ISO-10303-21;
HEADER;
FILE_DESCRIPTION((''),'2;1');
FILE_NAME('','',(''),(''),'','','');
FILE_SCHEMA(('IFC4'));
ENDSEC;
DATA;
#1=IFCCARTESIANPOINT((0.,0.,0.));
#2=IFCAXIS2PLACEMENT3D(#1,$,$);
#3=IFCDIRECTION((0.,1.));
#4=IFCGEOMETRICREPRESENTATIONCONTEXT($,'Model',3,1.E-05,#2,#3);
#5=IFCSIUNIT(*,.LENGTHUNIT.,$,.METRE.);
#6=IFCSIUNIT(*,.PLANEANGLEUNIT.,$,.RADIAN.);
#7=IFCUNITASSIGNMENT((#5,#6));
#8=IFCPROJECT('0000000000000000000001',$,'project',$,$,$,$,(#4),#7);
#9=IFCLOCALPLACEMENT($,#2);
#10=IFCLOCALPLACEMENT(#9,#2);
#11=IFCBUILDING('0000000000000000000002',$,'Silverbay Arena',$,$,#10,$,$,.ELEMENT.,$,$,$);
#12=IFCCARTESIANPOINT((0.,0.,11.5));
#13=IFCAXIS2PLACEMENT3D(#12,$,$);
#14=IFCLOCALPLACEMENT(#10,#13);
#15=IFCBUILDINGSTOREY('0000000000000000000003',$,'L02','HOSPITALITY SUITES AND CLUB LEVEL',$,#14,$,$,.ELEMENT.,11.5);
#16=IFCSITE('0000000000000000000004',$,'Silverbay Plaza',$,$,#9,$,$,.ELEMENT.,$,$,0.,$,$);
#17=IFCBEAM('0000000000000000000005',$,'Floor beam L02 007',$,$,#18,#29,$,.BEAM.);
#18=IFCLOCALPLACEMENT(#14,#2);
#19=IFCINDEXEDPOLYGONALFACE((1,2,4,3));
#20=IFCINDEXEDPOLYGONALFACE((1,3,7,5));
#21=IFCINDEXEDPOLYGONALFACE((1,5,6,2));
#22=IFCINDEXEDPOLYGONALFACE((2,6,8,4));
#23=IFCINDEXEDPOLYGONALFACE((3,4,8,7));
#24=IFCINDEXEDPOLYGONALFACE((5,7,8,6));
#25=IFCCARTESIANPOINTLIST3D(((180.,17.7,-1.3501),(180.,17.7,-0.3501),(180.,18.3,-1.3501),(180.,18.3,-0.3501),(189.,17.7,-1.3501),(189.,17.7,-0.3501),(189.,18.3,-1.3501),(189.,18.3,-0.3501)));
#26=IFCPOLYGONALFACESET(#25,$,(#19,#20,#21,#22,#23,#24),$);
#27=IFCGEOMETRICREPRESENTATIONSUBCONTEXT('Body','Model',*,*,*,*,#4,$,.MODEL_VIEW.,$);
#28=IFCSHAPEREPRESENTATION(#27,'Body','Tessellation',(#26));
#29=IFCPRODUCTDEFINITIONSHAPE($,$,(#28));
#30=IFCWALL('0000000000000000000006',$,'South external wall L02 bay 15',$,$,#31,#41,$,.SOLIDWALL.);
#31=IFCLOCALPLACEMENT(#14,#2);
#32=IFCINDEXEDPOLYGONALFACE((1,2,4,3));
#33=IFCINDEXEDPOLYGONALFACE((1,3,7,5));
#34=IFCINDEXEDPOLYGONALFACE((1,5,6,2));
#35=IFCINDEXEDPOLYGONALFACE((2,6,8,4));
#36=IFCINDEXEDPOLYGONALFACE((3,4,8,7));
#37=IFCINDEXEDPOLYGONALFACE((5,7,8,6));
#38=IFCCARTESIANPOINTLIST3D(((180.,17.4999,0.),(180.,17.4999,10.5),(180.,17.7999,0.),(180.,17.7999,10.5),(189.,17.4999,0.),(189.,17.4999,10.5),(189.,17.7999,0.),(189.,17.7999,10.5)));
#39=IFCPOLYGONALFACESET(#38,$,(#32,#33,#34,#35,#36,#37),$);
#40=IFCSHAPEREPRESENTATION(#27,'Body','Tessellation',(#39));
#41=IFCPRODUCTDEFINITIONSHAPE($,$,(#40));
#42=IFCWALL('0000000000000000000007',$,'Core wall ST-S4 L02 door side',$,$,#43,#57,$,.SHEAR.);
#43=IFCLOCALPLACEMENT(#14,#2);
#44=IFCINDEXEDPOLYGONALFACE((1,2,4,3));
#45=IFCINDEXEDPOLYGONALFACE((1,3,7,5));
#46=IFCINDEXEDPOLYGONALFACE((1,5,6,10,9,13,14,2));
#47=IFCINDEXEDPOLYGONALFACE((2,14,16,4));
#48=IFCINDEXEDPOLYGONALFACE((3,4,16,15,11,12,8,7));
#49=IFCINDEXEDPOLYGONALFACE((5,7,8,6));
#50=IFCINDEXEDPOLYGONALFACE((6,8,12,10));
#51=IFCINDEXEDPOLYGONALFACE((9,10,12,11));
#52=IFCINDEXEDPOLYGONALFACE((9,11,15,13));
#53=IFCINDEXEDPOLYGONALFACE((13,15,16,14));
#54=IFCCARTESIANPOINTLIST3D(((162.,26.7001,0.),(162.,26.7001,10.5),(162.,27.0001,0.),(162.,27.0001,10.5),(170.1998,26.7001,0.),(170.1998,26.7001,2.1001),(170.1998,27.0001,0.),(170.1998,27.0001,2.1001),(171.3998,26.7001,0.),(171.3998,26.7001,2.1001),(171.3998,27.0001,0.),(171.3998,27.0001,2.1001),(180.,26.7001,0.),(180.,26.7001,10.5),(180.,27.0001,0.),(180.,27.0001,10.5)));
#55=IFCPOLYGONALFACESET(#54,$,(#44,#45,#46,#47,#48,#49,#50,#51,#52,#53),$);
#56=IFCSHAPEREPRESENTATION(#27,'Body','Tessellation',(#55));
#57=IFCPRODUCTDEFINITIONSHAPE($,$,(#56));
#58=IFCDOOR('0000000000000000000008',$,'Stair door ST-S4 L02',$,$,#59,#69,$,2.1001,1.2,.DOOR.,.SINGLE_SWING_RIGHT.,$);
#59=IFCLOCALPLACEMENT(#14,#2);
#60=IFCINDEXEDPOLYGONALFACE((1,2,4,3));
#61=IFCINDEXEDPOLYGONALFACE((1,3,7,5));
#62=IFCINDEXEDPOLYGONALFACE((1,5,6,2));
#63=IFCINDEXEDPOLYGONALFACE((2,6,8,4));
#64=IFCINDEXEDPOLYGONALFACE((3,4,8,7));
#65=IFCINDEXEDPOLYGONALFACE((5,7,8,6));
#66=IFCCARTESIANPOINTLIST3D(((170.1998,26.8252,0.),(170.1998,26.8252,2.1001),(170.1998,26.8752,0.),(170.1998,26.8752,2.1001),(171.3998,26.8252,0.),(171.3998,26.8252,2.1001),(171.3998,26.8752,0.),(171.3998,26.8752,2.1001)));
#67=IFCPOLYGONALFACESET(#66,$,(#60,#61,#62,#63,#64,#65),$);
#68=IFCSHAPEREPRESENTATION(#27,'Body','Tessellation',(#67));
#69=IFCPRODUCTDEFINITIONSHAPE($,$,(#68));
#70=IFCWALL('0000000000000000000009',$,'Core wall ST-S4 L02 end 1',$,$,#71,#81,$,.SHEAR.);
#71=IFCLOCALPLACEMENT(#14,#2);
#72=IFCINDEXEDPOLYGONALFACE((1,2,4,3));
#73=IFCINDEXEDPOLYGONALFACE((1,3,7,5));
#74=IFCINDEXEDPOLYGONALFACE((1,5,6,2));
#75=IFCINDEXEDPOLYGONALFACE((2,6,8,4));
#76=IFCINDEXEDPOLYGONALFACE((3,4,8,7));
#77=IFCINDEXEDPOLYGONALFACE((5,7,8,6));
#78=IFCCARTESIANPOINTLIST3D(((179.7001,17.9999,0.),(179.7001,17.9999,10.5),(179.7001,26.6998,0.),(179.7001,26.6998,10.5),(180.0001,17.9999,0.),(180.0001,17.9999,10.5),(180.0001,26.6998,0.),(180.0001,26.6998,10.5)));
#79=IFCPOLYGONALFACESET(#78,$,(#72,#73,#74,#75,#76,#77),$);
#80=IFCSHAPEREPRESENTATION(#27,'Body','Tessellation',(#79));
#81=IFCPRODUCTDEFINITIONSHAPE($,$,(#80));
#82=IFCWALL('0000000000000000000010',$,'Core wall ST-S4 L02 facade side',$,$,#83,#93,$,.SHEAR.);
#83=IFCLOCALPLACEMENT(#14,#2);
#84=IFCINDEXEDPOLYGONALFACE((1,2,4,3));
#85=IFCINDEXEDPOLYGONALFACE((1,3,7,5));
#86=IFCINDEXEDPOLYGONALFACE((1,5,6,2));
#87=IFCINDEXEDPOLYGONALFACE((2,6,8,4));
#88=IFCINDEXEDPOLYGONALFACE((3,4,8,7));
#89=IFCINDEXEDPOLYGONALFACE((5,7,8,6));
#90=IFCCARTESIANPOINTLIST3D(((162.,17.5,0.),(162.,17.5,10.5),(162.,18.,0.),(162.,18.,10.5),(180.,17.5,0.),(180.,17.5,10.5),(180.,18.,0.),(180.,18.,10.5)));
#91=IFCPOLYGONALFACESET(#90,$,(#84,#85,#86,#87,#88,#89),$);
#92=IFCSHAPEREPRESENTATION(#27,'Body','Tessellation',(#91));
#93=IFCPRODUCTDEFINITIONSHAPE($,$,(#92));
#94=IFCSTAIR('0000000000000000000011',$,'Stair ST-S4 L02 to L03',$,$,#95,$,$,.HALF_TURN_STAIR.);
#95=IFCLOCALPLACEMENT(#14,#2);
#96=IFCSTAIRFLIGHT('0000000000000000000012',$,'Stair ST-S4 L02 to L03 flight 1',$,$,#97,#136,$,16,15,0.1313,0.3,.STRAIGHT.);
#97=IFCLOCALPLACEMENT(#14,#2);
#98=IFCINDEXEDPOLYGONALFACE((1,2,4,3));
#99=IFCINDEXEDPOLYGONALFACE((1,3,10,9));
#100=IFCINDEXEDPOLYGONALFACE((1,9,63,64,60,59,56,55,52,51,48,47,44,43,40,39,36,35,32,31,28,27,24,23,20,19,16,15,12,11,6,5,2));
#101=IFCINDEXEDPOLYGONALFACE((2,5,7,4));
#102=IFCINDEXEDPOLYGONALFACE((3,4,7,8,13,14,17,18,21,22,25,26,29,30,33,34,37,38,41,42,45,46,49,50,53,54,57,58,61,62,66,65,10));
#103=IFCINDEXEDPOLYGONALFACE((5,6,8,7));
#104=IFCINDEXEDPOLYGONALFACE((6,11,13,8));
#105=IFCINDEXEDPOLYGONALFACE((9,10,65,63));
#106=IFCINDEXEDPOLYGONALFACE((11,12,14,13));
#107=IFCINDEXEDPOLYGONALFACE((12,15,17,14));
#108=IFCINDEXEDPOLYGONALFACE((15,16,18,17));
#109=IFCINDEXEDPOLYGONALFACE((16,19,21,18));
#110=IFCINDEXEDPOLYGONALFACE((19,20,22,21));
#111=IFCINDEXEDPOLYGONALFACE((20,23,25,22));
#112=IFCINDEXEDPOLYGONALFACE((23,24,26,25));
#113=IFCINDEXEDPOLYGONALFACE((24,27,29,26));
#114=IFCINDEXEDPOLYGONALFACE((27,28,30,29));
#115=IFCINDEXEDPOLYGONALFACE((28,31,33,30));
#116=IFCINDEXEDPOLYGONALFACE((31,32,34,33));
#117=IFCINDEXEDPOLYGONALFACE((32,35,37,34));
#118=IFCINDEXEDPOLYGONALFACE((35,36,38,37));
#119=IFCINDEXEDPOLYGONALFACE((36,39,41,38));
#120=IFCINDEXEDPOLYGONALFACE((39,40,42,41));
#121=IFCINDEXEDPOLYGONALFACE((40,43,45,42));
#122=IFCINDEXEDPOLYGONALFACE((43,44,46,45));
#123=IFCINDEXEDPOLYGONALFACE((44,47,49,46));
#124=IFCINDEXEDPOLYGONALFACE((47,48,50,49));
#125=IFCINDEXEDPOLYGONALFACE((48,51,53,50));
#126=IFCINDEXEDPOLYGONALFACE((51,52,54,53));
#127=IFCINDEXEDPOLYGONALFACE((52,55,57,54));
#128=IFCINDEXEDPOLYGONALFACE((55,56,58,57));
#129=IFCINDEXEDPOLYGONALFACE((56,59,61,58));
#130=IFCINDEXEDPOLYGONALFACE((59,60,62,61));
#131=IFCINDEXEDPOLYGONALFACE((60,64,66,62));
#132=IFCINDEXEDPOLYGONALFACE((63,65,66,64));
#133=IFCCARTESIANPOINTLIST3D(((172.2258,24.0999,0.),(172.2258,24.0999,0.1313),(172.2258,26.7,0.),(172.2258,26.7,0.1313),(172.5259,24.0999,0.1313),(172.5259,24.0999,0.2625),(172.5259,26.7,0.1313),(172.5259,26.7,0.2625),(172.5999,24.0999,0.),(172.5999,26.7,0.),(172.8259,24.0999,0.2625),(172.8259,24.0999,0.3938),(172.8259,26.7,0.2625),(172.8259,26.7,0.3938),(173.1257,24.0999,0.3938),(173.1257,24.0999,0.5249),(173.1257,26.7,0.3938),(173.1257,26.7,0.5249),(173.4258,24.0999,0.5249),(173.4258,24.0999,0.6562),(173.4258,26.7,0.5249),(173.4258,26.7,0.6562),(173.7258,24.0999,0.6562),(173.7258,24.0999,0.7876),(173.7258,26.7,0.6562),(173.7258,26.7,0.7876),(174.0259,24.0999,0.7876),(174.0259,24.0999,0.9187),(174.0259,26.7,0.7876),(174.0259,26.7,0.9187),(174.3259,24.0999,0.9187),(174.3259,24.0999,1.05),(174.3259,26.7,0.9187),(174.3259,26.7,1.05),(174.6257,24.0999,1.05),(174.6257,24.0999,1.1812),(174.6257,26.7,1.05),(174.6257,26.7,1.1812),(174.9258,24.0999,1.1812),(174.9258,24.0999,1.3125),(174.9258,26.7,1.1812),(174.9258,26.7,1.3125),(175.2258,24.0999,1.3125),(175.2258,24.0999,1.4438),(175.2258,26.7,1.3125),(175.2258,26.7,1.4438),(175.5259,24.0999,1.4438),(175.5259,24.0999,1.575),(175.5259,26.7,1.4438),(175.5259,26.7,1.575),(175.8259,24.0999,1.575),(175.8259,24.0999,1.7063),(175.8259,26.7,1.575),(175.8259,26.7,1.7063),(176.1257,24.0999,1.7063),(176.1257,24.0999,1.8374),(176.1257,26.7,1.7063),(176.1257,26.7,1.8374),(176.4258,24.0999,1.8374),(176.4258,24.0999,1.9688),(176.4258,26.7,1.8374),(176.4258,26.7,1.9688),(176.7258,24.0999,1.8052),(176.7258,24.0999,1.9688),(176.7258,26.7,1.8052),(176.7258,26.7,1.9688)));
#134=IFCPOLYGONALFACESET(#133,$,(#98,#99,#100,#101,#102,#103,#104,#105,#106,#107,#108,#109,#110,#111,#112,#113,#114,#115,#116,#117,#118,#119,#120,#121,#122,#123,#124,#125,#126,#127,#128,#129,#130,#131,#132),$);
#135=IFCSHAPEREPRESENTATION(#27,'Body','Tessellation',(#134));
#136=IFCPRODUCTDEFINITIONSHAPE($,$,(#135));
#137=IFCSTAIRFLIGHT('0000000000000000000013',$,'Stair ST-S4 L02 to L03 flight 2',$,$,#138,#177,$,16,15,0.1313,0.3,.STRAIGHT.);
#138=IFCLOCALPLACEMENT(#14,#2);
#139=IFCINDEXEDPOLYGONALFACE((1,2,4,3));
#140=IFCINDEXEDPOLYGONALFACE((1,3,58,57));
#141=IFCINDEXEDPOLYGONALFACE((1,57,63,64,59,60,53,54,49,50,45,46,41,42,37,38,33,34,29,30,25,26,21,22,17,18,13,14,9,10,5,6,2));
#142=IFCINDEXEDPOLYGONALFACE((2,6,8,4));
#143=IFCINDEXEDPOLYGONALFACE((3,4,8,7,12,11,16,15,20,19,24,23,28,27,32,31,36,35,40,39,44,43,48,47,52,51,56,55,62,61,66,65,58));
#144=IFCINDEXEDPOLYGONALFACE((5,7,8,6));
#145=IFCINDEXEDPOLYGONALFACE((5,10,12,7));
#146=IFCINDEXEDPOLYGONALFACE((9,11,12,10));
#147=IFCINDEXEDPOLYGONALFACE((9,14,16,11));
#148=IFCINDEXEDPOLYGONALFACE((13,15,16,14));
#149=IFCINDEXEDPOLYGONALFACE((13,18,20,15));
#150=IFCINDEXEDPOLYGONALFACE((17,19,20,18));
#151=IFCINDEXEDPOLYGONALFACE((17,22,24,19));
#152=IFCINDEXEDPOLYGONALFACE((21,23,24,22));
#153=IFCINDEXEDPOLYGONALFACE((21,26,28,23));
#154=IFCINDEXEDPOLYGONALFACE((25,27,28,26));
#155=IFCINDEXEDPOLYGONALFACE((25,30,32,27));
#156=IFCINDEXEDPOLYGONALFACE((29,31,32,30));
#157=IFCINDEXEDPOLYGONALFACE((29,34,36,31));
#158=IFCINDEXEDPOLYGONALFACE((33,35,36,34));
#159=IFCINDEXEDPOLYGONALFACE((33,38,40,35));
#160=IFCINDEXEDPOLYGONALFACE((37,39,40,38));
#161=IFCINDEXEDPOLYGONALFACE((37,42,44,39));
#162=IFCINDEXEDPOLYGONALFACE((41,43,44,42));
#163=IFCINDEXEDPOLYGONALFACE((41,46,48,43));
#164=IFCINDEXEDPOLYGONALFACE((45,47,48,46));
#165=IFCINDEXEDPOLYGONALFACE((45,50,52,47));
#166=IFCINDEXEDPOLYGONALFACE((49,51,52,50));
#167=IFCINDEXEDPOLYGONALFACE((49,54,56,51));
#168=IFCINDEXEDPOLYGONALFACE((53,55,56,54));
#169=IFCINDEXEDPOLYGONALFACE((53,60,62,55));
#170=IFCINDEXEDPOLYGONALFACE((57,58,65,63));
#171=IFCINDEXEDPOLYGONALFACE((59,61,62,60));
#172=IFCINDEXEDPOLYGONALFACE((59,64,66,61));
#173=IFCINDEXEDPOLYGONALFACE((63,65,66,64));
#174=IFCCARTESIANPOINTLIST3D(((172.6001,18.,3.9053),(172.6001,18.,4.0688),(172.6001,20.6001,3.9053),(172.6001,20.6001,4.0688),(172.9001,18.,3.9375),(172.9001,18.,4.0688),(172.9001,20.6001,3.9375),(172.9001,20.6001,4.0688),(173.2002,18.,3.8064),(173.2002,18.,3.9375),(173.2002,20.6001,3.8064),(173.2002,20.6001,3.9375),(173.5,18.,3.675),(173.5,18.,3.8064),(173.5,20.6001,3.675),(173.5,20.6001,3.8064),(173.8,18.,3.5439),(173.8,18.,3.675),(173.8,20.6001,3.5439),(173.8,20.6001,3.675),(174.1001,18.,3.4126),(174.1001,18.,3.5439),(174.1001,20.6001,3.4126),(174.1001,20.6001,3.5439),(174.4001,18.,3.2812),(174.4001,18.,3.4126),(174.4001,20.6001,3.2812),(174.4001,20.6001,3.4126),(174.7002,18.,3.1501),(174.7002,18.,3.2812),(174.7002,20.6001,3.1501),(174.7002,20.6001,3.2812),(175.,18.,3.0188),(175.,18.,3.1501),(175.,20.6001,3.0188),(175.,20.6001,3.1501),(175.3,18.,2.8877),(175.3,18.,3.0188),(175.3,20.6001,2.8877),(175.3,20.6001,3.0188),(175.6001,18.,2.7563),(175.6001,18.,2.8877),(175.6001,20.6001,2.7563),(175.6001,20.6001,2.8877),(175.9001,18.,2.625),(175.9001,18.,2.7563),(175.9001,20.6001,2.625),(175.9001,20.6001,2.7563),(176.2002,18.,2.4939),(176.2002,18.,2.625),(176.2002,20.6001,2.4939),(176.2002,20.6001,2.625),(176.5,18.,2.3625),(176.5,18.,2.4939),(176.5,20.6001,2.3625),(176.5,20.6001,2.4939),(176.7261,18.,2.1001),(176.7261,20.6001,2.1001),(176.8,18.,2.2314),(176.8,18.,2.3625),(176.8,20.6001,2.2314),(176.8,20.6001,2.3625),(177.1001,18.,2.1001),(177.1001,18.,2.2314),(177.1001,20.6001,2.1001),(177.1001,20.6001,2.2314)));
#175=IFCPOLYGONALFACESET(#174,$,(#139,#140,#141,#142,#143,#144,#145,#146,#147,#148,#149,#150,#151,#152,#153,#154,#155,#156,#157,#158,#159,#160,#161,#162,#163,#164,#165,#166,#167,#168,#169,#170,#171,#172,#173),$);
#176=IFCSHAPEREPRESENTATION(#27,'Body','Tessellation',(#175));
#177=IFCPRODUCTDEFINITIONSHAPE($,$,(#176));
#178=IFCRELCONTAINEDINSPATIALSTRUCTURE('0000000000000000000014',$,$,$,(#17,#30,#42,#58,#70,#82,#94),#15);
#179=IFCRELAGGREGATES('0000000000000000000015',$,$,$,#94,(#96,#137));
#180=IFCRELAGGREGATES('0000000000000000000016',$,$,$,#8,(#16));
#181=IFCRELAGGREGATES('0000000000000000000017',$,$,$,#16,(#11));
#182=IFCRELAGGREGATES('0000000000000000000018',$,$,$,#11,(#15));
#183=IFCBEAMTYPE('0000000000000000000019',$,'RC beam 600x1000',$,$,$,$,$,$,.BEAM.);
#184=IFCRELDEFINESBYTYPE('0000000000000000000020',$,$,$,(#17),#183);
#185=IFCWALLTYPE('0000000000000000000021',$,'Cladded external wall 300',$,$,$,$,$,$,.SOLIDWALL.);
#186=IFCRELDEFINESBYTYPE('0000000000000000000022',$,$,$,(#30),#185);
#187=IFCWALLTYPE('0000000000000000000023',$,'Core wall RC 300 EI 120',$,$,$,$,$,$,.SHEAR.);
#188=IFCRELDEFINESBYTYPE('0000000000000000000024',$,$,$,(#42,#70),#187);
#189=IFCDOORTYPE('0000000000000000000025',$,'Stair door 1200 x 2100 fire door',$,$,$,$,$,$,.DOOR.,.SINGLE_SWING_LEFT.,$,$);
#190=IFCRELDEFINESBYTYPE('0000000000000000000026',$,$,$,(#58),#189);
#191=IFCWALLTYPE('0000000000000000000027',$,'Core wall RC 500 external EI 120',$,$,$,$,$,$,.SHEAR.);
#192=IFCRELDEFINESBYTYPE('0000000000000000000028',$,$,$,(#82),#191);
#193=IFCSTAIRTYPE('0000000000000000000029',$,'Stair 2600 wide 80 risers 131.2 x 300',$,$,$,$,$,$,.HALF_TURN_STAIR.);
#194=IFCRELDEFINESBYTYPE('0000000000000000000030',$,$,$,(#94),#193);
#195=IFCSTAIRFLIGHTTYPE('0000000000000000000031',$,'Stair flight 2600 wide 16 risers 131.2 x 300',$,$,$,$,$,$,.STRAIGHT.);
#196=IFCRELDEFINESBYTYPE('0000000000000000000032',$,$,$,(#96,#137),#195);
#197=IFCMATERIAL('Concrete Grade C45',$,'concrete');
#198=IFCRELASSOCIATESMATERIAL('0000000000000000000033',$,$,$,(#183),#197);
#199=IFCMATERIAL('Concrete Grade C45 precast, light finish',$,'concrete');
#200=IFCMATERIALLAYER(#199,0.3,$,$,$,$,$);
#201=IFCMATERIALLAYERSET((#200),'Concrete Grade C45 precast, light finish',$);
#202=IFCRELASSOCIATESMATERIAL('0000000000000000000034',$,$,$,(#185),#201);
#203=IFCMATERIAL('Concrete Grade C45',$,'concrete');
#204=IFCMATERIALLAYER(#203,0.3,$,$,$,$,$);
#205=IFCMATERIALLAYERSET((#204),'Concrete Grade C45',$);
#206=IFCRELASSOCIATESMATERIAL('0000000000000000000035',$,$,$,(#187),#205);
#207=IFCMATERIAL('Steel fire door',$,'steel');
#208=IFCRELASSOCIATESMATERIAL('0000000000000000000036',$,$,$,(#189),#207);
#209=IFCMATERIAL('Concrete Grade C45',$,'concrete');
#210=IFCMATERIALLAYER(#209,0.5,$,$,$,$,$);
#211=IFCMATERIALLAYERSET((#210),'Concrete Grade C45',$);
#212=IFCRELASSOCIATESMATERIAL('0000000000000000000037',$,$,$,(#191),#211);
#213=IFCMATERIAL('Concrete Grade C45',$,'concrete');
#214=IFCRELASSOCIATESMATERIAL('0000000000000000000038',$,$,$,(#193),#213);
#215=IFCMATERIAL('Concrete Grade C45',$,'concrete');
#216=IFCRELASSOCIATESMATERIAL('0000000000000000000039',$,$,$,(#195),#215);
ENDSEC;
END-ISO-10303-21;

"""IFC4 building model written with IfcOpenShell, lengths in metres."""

from ifc_helpers import new_model, si_unit, direction, frame, frame_2d, origin, origin_2d, place, context, subcontext, project, spatial, polyline, rectangle, outline, extrude, material, layer, layer_set, material_profile, profile_set, type_object, element, fill, aggregate, save


model = new_model("IFC4")

# Units and contexts
model_context = context("Model", 3, precision=1e-05, world=origin(), true_north=direction((0.0, 1.0)))
body_context = subcontext(model_context, "Body", "Model", "MODEL_VIEW")
ifc_project = project(units=[si_unit("LENGTHUNIT", "METRE"), si_unit("PLANEANGLEUNIT", "RADIAN")], contexts=[model_context])

# Site, building, storey
site_placement = place(None, origin())
site = spatial("IfcSite", under=ifc_project, at=site_placement, Name="Silverbay Plaza", CompositionType="ELEMENT", RefElevation=0.0)
building_placement = place(site_placement, origin())
building = spatial("IfcBuilding", under=site, at=building_placement, Name="Silverbay Arena", CompositionType="ELEMENT")
storey_placement = place(building_placement, frame((0.0, 0.0, 11.5)))
storey = spatial("IfcBuildingStorey", under=building, at=storey_placement, Name="L02", Description="HOSPITALITY SUITES AND CLUB LEVEL", CompositionType="ELEMENT", Elevation=11.5)

# Beam
ifc_material_1 = material(Name="Concrete Grade C45", Category="concrete")
ifc_material_profile = material_profile(ifc_material_1, rectangle(XDim=0.6001, YDim=1.0, at=origin_2d()), Name="RC 600x1000")
ifc_profile_set = profile_set([ifc_material_profile], Name="Concrete Grade C45")
beam_type = type_object("IfcBeamType", Name="RC beam 600x1000", PredefinedType="BEAM", material=ifc_profile_set)
beam_placement = place(storey_placement, frame((180.0, 18.0, -0.8501), z_axis=(1.0, 0.0, 0.0), x_axis=(0.0, 1.0, 0.0)))
element("IfcBeam", 1, at=beam_placement, inside=storey, type_object=beam_type, Name="Floor beam L02 007", PredefinedType="BEAM", context=body_context, shape_type="SweptSolid", body=[
    extrude(rectangle(XDim=0.6001, YDim=1.0, at=origin_2d()), origin(), (0.0, 0.0, 1.0), 9.0),
])

# Wall
ifc_material_2 = material(Name="Concrete Grade C45 precast, light finish", Category="concrete")
ifc_layer_1 = layer(ifc_material_2, 0.3)
ifc_layer_set_1 = layer_set([ifc_layer_1], Name="Concrete Grade C45 precast, light finish")
wall_type_1 = type_object("IfcWallType", Name="Cladded external wall 300", PredefinedType="SOLIDWALL", material=ifc_layer_set_1)
wall_1_placement = place(storey_placement, frame((180.0, 17.6499, 0.0), z_axis=(0.0, 0.0, 1.0), x_axis=(1.0, 0.0, 0.0)))
element("IfcWall", 2, at=wall_1_placement, inside=storey, type_object=wall_type_1, Name="South external wall L02 bay 15", PredefinedType="SOLIDWALL", context=body_context, shape_type="SweptSolid", body=[
    extrude(rectangle(XDim=9.0, YDim=0.3, at=frame_2d((4.5, 0.0))), origin(), (0.0, 0.0, 1.0), 10.5),
])

# Wall, opening, door
ifc_material_3 = material(Name="Concrete Grade C45", Category="concrete")
ifc_layer_2 = layer(ifc_material_3, 0.3)
ifc_layer_set_2 = layer_set([ifc_layer_2], Name="Concrete Grade C45")
wall_type_2 = type_object("IfcWallType", Name="Core wall RC 300 EI 120", PredefinedType="SHEAR", material=ifc_layer_set_2)
wall_2_placement = place(storey_placement, frame((180.0, 26.8501, 0.0), z_axis=(0.0, 0.0, 1.0), x_axis=(-1.0, 0.0, 0.0)))
wall_2 = element("IfcWall", 3, at=wall_2_placement, inside=storey, type_object=wall_type_2, Name="Core wall ST-S4 L02 door side", PredefinedType="SHEAR", context=body_context, shape_type="SweptSolid", body=[
    extrude(rectangle(XDim=18.0, YDim=0.3, at=frame_2d((9.0, 0.0))), origin(), (0.0, 0.0, 1.0), 10.5),
])
opening_placement = place(wall_2_placement, frame((8.6001, 0.0, 0.0)))
opening = element("IfcOpeningElement", 4, at=opening_placement, cuts=wall_2, PredefinedType="OPENING", context=body_context, shape_type="SweptSolid", body=[
    extrude(rectangle(XDim=1.2, YDim=2.1001, at=frame_2d((0.6001, 1.05))), frame((0.0, 0.1602, 0.0), z_axis=(0.0, -1.0, 0.0), x_axis=(1.0, 0.0, 0.0)), (0.0, 0.0, 1.0), 0.3201),
])
ifc_material_4 = material(Name="Steel fire door", Category="steel")
door_type = type_object("IfcDoorType", Name="Stair door 1200 x 2100 fire door", OperationType="SINGLE_SWING_LEFT", PredefinedType="DOOR", material=ifc_material_4)
door_placement = place(opening_placement, origin())
door = element("IfcDoor", 5, at=door_placement, inside=storey, type_object=door_type, Name="Stair door ST-S4 L02", OperationType="SINGLE_SWING_RIGHT", OverallHeight=2.1001, OverallWidth=1.2, PredefinedType="DOOR", context=body_context, shape_type="SweptSolid", body=[
    extrude(rectangle(XDim=1.2, YDim=2.1001, at=frame_2d((0.6001, 1.05))), frame((0.0, 0.0249, 0.0), z_axis=(0.0, -1.0, 0.0), x_axis=(1.0, 0.0, 0.0)), (0.0, 0.0, 1.0), 0.05),
])
fill(opening, door)

# Walls
wall_3_placement = place(storey_placement, frame((179.8501, 26.7, 0.0), z_axis=(0.0, 0.0, 1.0), x_axis=(0.0, -1.0, 0.0)))
element("IfcWall", 6, at=wall_3_placement, inside=storey, type_object=wall_type_2, Name="Core wall ST-S4 L02 end 1", PredefinedType="SHEAR", context=body_context, shape_type="SweptSolid", body=[
    extrude(rectangle(XDim=8.7, YDim=0.3, at=frame_2d((4.3501, 0.0))), origin(), (0.0, 0.0, 1.0), 10.5),
])
ifc_material_5 = material(Name="Concrete Grade C45", Category="concrete")
ifc_layer_3 = layer(ifc_material_5, 0.5)
ifc_layer_set_3 = layer_set([ifc_layer_3], Name="Concrete Grade C45")
wall_type_3 = type_object("IfcWallType", Name="Core wall RC 500 external EI 120", PredefinedType="SHEAR", material=ifc_layer_set_3)
wall_4_placement = place(storey_placement, frame((180.0, 17.75, 0.0), z_axis=(0.0, 0.0, 1.0), x_axis=(-1.0, 0.0, 0.0)))
element("IfcWall", 7, at=wall_4_placement, inside=storey, type_object=wall_type_3, Name="Core wall ST-S4 L02 facade side", PredefinedType="SHEAR", context=body_context, shape_type="SweptSolid", body=[
    extrude(rectangle(XDim=18.0, YDim=0.5, at=frame_2d((9.0, 0.0))), origin(), (0.0, 0.0, 1.0), 10.5),
])

# Stair, stair flights
ifc_material_6 = material(Name="Concrete Grade C45", Category="concrete")
stair_type = type_object("IfcStairType", Name="Stair 2600 wide 80 risers 131.2 x 300", PredefinedType="HALF_TURN_STAIR", material=ifc_material_6)
stair_placement = place(storey_placement, origin())
stair = element("IfcStair", 8, at=stair_placement, inside=storey, type_object=stair_type, Name="Stair ST-S4 L02 to L03", PredefinedType="HALF_TURN_STAIR")
ifc_material_7 = material(Name="Concrete Grade C45", Category="concrete")
stair_flight_type = type_object("IfcStairFlightType", Name="Stair flight 2600 wide 16 risers 131.2 x 300", PredefinedType="STRAIGHT", material=ifc_material_7)
stair_flight_1_placement = place(storey_placement, frame((172.2258, 25.3999, 0.0), z_axis=(0.0, 0.0, 1.0), x_axis=(1.0, 0.0, 0.0)))
stair_flight_1 = element("IfcStairFlight", 9, at=stair_flight_1_placement, type_object=stair_flight_type, Name="Stair ST-S4 L02 to L03 flight 1", NumberOfRisers=16, NumberOfTreads=15, PredefinedType="STRAIGHT", RiserHeight=0.1313, TreadLength=0.3, context=body_context, shape_type="SweptSolid", body=[
    extrude(outline(polyline([(0.0, 0.0), (0.0, 0.1313), (0.3, 0.1313), (0.3, 0.2625), (0.6001, 0.2625), (0.6001, 0.3938), (0.8999, 0.3938), (0.8999, 0.5249), (1.2, 0.5249), (1.2, 0.6562), (1.5, 0.6562), (1.5, 0.7876), (1.8, 0.7876), (1.8, 0.9187), (2.1001, 0.9187), (2.1001, 1.05), (2.3999, 1.05), (2.3999, 1.1812), (2.7, 1.1812), (2.7, 1.3125), (3.0, 1.3125), (3.0, 1.4438), (3.3, 1.4438), (3.3, 1.575), (3.6001, 1.575), (3.6001, 1.7063), (3.8999, 1.7063), (3.8999, 1.8374), (4.2, 1.8374), (4.2, 1.9688), (4.5, 1.9688), (4.5, 1.8052), (0.374, 0.0), (0.0, 0.0)])), frame((0.0, 1.3, 0.0), z_axis=(0.0, -1.0, 0.0), x_axis=(1.0, 0.0, 0.0)), (0.0, 0.0, 1.0), 2.6001),
])
stair_flight_2_placement = place(storey_placement, frame((177.1001, 19.3, 2.1001), z_axis=(0.0, 0.0, 1.0), x_axis=(-1.0, 0.0, 0.0)))
stair_flight_2 = element("IfcStairFlight", 10, at=stair_flight_2_placement, type_object=stair_flight_type, Name="Stair ST-S4 L02 to L03 flight 2", NumberOfRisers=16, NumberOfTreads=15, PredefinedType="STRAIGHT", RiserHeight=0.1313, TreadLength=0.3, context=body_context, shape_type="SweptSolid", body=[
    extrude(outline(polyline([(0.0, 0.0), (0.0, 0.1313), (0.3, 0.1313), (0.3, 0.2625), (0.6001, 0.2625), (0.6001, 0.3938), (0.8999, 0.3938), (0.8999, 0.5249), (1.2, 0.5249), (1.2, 0.6562), (1.5, 0.6562), (1.5, 0.7876), (1.8, 0.7876), (1.8, 0.9187), (2.1001, 0.9187), (2.1001, 1.05), (2.3999, 1.05), (2.3999, 1.1812), (2.7, 1.1812), (2.7, 1.3125), (3.0, 1.3125), (3.0, 1.4438), (3.3, 1.4438), (3.3, 1.575), (3.6001, 1.575), (3.6001, 1.7063), (3.8999, 1.7063), (3.8999, 1.8374), (4.2, 1.8374), (4.2, 1.9688), (4.5, 1.9688), (4.5, 1.8052), (0.374, 0.0), (0.0, 0.0)])), frame((0.0, 1.3, 0.0), z_axis=(0.0, -1.0, 0.0), x_axis=(1.0, 0.0, 0.0)), (0.0, 0.0, 1.0), 2.6001),
])
aggregate(stair, [stair_flight_1, stair_flight_2])

save(model, "model.ifc")
